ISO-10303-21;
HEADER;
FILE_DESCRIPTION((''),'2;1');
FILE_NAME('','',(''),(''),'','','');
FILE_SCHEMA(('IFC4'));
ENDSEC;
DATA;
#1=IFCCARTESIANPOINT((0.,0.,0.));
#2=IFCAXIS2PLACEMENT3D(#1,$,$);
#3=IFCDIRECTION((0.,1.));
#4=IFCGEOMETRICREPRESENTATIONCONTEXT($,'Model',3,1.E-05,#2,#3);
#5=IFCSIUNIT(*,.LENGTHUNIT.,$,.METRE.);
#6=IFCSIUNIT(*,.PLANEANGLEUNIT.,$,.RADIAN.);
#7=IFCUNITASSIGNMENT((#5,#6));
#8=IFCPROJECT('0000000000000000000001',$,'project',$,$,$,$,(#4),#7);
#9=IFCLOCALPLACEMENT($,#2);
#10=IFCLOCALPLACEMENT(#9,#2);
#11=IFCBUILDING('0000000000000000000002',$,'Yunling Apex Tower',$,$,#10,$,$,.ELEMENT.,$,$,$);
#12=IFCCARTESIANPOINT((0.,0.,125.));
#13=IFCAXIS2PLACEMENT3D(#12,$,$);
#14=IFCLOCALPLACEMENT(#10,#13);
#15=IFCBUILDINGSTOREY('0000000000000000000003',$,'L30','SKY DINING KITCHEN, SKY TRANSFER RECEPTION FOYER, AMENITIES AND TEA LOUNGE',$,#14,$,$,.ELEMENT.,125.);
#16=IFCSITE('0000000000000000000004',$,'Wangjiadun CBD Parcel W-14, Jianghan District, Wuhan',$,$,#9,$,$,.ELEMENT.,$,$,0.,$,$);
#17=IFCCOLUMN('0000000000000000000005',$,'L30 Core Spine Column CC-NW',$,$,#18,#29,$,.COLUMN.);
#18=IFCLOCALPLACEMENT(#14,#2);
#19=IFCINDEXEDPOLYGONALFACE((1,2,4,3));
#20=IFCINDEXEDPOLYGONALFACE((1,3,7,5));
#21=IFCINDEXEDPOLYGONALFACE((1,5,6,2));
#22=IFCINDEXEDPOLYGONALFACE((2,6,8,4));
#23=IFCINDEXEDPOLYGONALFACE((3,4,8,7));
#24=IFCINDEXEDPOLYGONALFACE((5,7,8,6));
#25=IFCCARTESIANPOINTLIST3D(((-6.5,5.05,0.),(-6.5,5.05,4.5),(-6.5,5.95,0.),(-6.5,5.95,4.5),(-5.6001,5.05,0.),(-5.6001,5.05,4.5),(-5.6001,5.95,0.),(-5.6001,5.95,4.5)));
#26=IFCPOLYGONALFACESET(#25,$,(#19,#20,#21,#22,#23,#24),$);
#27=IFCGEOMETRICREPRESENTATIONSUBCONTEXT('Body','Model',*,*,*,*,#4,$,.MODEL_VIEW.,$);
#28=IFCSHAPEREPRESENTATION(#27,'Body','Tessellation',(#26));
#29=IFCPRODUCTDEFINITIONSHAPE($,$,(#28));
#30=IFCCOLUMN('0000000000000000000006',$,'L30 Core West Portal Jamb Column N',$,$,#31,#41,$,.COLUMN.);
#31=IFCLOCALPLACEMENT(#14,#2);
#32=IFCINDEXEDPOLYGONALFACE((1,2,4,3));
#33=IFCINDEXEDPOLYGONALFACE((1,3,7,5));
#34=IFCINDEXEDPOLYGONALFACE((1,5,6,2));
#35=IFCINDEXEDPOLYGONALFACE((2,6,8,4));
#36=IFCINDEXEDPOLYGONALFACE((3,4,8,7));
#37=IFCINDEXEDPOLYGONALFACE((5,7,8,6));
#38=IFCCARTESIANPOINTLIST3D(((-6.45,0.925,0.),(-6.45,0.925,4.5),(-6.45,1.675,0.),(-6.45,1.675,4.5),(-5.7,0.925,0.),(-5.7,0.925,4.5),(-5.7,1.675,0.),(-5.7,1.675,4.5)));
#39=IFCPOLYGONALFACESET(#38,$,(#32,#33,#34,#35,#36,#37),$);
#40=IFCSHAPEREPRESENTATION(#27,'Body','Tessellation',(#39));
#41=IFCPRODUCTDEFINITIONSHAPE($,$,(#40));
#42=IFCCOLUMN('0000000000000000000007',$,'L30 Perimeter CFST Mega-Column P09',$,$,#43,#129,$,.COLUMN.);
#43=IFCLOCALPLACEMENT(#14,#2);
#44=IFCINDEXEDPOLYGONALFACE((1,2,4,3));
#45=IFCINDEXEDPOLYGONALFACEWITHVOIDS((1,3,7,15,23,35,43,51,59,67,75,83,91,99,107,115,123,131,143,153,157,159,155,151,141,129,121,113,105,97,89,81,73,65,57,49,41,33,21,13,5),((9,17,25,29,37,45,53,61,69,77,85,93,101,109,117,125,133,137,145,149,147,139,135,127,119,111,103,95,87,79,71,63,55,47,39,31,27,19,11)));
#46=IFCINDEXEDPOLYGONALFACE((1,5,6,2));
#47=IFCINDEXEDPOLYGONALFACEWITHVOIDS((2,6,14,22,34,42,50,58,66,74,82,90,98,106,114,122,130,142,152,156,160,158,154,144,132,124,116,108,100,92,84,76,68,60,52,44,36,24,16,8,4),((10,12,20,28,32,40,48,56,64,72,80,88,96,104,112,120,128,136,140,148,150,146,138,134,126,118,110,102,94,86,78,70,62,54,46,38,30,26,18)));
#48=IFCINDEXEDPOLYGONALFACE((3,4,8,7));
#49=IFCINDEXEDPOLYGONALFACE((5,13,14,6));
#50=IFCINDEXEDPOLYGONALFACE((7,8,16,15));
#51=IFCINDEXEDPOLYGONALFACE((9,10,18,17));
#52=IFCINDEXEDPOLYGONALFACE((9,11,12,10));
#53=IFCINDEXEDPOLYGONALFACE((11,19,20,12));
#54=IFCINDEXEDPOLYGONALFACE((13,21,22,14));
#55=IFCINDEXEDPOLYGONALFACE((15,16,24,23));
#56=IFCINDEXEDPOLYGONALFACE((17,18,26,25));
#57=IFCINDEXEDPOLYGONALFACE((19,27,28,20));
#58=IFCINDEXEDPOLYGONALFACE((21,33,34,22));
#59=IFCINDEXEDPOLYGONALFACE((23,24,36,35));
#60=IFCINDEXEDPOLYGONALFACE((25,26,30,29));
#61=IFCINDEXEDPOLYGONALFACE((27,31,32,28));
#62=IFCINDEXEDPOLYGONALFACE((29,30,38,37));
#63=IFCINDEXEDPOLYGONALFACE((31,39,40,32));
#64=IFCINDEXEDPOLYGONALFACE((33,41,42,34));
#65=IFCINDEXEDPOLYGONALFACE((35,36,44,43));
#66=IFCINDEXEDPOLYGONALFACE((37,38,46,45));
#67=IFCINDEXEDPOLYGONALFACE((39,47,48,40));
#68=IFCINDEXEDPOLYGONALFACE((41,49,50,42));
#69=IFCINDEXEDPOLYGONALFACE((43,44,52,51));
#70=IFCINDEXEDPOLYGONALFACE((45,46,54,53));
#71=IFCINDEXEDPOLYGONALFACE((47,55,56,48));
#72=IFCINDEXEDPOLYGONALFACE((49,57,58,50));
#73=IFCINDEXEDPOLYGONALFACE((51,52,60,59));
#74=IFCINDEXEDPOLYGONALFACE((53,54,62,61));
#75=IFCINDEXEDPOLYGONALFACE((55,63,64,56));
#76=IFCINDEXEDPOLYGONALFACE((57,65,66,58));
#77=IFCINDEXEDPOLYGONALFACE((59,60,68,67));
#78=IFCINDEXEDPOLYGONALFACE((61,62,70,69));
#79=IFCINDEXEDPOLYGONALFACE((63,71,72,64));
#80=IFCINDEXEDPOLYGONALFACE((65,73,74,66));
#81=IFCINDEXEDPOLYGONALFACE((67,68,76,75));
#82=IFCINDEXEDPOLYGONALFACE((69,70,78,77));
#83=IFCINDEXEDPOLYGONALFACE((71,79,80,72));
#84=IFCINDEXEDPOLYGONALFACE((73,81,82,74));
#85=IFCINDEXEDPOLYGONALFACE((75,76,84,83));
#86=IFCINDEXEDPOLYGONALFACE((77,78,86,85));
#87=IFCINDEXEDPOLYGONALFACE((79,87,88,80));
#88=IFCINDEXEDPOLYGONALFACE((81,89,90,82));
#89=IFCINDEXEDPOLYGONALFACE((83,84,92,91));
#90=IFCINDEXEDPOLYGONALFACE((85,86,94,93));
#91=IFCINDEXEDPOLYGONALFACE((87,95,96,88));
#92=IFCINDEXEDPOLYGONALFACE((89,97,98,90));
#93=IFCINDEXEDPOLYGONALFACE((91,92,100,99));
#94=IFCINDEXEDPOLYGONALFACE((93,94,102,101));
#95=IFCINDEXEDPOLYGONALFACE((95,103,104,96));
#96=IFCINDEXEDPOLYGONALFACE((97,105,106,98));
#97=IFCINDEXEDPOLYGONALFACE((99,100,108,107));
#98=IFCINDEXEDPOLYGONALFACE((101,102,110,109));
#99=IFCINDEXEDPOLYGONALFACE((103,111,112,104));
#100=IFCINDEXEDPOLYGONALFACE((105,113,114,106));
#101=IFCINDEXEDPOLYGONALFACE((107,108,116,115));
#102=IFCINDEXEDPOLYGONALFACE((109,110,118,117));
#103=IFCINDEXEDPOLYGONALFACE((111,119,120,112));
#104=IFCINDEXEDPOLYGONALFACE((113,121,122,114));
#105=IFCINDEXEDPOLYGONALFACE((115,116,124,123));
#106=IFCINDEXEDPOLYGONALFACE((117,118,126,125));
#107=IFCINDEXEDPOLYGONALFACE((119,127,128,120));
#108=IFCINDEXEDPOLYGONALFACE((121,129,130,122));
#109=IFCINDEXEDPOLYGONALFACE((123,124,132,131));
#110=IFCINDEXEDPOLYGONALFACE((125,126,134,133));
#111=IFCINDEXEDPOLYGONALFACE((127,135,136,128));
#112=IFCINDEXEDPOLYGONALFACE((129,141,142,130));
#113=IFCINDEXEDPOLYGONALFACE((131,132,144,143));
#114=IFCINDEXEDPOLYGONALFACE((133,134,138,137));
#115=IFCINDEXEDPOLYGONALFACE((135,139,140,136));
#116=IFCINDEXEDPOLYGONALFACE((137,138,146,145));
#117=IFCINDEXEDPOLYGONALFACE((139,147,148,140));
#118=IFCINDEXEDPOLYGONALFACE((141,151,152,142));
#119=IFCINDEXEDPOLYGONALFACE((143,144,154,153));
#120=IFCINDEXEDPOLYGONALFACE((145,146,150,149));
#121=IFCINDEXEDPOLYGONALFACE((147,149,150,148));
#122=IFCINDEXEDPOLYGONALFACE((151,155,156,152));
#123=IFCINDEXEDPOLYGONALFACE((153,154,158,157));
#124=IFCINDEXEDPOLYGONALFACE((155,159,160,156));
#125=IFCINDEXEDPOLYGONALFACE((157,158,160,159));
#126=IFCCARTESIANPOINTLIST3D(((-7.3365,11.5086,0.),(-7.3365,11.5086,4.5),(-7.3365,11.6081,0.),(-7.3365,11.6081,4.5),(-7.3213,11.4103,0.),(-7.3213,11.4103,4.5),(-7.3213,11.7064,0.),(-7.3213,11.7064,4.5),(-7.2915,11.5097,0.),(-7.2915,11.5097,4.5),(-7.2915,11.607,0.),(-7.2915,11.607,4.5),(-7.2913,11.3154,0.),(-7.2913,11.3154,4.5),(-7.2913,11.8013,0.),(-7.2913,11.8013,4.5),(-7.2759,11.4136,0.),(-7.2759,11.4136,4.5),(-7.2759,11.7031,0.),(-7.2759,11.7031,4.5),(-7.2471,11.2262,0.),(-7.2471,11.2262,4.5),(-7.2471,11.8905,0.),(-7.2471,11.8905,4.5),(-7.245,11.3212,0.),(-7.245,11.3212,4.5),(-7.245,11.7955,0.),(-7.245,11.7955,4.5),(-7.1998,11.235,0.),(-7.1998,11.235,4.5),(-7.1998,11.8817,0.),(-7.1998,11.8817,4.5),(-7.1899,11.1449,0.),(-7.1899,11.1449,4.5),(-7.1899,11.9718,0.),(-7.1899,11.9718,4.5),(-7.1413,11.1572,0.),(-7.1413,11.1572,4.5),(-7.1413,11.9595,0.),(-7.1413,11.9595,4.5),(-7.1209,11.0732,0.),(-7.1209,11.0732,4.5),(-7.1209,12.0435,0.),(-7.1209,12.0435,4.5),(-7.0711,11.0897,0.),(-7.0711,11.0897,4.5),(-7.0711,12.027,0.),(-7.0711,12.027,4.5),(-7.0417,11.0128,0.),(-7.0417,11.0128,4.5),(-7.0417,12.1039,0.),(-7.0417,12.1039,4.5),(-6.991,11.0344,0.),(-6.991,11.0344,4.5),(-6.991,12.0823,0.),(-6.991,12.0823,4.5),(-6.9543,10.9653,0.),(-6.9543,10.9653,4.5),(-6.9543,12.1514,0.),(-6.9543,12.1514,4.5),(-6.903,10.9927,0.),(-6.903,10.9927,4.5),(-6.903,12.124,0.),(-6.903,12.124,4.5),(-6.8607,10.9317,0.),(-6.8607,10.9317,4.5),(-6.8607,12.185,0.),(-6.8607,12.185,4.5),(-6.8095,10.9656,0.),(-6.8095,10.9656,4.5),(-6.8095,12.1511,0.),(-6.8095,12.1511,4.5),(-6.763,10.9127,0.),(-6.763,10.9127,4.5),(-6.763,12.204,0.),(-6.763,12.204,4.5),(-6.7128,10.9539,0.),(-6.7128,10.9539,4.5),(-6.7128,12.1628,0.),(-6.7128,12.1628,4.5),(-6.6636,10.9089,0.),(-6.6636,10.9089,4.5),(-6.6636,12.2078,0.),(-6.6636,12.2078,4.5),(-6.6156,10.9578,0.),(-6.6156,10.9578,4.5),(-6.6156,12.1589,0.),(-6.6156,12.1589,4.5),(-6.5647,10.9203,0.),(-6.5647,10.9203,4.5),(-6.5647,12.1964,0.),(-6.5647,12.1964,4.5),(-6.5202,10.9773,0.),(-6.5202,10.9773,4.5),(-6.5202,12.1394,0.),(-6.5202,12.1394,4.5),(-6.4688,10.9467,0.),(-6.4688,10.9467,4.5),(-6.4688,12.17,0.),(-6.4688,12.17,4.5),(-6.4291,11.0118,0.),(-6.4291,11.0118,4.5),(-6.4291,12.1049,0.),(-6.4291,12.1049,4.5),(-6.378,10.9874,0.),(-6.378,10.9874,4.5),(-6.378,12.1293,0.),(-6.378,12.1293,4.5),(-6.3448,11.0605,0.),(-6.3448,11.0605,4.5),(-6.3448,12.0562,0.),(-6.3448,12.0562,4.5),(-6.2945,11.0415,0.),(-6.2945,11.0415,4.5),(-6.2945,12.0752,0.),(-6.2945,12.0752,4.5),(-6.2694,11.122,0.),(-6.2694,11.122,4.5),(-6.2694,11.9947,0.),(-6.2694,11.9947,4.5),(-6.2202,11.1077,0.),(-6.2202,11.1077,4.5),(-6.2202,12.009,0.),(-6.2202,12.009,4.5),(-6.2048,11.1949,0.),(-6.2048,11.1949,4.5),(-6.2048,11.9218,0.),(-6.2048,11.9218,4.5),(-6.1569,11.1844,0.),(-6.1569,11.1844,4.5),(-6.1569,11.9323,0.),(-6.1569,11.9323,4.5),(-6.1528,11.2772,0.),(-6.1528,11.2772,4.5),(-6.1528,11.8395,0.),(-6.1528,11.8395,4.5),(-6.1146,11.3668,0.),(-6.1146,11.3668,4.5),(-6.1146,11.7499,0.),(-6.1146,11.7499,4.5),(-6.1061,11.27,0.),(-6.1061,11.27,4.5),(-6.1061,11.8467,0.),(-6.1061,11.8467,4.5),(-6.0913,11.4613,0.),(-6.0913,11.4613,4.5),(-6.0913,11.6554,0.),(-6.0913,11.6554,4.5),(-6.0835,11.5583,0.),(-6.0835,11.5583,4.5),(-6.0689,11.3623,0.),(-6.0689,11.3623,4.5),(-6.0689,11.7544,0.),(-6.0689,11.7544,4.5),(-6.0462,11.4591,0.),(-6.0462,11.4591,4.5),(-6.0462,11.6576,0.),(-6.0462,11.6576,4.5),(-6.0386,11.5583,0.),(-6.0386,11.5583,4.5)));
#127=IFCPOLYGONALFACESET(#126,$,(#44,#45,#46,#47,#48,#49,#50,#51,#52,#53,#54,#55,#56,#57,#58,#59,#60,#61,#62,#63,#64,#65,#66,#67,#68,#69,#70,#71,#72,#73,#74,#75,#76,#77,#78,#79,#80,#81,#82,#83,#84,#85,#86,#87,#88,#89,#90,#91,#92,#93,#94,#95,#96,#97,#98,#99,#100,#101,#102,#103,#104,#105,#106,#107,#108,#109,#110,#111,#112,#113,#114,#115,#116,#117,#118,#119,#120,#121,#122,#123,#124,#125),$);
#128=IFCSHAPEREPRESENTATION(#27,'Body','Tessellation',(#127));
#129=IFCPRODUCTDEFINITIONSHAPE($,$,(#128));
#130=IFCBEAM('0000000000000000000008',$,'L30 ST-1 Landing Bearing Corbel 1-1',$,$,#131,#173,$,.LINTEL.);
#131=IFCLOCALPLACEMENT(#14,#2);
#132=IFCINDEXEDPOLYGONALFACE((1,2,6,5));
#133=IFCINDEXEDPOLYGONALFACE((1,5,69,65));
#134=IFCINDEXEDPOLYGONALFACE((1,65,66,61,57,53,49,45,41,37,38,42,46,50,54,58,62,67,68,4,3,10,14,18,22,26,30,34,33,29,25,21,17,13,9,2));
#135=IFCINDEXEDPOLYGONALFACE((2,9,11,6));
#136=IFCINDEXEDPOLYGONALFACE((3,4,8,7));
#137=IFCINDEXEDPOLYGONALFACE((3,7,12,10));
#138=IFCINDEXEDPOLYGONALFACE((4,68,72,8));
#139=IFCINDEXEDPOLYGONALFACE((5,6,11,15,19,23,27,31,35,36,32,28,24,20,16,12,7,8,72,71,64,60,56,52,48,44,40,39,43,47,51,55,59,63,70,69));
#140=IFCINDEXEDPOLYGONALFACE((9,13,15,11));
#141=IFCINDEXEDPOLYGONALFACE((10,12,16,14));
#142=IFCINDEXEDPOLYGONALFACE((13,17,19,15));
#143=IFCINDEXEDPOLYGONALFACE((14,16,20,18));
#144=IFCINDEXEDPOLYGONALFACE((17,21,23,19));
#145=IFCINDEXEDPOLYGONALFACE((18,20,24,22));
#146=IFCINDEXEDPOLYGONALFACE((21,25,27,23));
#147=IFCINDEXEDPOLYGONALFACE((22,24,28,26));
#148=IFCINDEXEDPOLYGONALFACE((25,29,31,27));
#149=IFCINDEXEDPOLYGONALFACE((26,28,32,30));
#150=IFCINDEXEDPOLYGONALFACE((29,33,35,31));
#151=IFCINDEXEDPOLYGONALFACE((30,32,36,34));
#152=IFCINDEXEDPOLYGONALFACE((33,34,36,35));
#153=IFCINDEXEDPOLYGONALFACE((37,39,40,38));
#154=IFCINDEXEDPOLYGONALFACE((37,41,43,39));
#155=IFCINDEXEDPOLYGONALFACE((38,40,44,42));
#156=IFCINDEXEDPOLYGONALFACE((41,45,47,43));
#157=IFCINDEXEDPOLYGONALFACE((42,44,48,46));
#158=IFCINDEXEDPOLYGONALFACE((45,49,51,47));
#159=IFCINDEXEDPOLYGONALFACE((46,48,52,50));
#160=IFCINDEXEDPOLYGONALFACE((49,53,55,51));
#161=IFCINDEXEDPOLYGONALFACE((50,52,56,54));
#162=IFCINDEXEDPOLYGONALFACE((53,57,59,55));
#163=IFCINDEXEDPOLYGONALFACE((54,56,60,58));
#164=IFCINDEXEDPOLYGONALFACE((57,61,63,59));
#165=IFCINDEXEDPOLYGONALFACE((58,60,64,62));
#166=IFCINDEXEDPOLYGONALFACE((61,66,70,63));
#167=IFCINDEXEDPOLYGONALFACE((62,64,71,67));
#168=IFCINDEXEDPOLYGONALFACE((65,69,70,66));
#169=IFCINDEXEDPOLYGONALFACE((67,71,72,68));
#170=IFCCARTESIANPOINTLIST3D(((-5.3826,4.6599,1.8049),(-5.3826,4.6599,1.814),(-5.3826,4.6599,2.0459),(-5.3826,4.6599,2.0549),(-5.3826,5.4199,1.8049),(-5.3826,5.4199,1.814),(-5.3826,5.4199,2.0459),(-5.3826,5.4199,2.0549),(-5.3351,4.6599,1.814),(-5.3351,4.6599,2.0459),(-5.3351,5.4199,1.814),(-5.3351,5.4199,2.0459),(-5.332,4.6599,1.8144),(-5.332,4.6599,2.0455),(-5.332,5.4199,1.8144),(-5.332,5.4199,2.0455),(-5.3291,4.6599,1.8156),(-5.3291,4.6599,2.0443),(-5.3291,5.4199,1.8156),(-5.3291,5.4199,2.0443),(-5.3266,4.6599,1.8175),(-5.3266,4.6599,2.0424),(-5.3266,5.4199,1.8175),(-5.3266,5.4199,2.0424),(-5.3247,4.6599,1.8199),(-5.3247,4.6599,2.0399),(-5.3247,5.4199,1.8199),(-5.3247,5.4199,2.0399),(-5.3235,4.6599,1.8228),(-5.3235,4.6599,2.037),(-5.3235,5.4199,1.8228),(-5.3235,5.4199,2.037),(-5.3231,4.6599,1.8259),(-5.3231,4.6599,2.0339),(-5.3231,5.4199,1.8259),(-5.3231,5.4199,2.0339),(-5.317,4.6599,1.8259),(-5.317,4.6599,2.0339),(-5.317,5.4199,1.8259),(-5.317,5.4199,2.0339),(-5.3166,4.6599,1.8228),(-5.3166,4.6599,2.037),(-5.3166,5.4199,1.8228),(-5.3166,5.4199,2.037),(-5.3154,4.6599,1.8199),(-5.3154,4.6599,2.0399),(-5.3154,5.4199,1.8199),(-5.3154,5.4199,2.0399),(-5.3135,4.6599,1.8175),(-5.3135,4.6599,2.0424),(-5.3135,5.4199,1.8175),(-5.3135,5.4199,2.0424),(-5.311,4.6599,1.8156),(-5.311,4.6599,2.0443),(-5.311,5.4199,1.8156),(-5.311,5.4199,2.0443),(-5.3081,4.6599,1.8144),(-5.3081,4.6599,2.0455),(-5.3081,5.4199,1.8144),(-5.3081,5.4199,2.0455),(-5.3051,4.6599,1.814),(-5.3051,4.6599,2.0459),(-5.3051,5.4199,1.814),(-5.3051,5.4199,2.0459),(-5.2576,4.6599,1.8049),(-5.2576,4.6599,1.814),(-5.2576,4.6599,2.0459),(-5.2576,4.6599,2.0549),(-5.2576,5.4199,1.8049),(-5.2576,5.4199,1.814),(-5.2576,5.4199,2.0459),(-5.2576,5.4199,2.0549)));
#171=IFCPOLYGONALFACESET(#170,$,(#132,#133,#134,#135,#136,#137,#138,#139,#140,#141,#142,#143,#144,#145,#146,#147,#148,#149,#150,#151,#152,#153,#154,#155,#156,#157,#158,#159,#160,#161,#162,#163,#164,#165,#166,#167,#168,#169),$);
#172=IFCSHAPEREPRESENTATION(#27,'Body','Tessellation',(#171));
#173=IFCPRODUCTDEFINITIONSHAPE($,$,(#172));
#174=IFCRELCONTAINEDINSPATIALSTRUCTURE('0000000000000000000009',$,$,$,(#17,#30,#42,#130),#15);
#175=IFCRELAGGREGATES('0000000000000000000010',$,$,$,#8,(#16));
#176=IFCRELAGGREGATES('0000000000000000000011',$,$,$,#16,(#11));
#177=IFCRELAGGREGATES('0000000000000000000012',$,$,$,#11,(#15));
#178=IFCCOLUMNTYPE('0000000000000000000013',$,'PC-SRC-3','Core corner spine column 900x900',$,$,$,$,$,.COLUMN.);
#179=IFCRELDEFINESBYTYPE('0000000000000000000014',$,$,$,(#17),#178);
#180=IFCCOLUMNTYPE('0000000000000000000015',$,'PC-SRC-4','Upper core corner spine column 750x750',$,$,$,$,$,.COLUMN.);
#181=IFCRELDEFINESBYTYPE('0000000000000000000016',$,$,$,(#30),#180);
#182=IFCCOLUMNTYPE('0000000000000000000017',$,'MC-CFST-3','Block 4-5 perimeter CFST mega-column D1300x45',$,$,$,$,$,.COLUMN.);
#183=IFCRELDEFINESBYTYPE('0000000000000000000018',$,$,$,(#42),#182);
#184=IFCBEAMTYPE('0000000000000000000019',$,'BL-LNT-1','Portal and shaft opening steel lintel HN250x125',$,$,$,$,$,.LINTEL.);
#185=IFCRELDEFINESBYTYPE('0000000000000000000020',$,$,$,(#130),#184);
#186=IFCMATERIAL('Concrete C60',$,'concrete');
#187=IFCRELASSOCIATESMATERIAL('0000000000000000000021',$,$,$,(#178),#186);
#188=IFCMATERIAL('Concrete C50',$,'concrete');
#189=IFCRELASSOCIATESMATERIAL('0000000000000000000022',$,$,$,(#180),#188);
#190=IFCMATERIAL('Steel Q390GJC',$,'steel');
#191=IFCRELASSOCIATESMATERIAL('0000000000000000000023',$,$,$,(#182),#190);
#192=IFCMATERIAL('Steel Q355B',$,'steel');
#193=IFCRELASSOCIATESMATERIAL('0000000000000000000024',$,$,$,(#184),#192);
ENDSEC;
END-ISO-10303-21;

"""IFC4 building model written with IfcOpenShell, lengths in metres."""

from ifc_helpers import new_model, si_unit, direction, frame, origin, origin_2d, place, context, subcontext, project, spatial, rectangle, hollow_circle, i_section, extrude, source, transform, mapped, material, material_profile, profile_set, type_object, element, save


model = new_model("IFC4")

# Units and contexts
model_context = context("Model", 3, precision=1e-05, world=origin(), true_north=direction((0.0, 1.0)))
body_context = subcontext(model_context, "Body", "Model", "MODEL_VIEW")
ifc_project = project(units=[si_unit("LENGTHUNIT", "METRE"), si_unit("PLANEANGLEUNIT", "RADIAN")], contexts=[model_context])

# Site, building, storey
site_placement = place(None, origin())
site = spatial("IfcSite", under=ifc_project, at=site_placement, Name="Wangjiadun CBD Parcel W-14, Jianghan District, Wuhan", CompositionType="ELEMENT", RefElevation=0.0)
building_placement = place(site_placement, origin())
building = spatial("IfcBuilding", under=site, at=building_placement, Name="Yunling Apex Tower", CompositionType="ELEMENT")
storey_placement = place(building_placement, frame((0.0, 0.0, 125.0)))
storey = spatial("IfcBuildingStorey", under=building, at=storey_placement, Name="L30", Description="SKY DINING KITCHEN, SKY TRANSFER RECEPTION FOYER, AMENITIES AND TEA LOUNGE", CompositionType="ELEMENT", Elevation=125.0)

# Columns
ifc_material_1 = material(Name="Concrete C60", Category="concrete")
ifc_material_profile_1 = material_profile(ifc_material_1, rectangle(XDim=0.8999, YDim=0.8999, at=origin_2d()))
ifc_profile_set_1 = profile_set([ifc_material_profile_1], Name="Concrete C60")
column_type_1 = type_object("IfcColumnType", Name="PC-SRC-3", Description="Core corner spine column 900x900", PredefinedType="COLUMN", material=ifc_profile_set_1)
shared_shape_1 = source(origin(), body_context, "Body", "SweptSolid", [
    extrude(rectangle(XDim=0.8999, YDim=0.8999, at=origin_2d()), origin(), (0.0, 0.0, 1.0), 4.5),
])
column_1_placement = place(storey_placement, frame((-6.05, 5.5, 0.0), z_axis=(0.0, 0.0, 1.0), x_axis=(1.0, 0.0, 0.0)))
element("IfcColumn", 1, at=column_1_placement, inside=storey, type_object=column_type_1, Name="L30 Core Spine Column CC-NW", PredefinedType="COLUMN", context=body_context, shape_type="MappedRepresentation", body=[
    mapped(shared_shape_1, transform((0.0, 0.0, 0.0), scale=1.0)),
])
ifc_material_2 = material(Name="Concrete C50", Category="concrete")
ifc_material_profile_2 = material_profile(ifc_material_2, rectangle(XDim=0.75, YDim=0.75, at=origin_2d()))
ifc_profile_set_2 = profile_set([ifc_material_profile_2], Name="Concrete C50")
column_type_2 = type_object("IfcColumnType", Name="PC-SRC-4", Description="Upper core corner spine column 750x750", PredefinedType="COLUMN", material=ifc_profile_set_2)
shared_shape_2 = source(origin(), body_context, "Body", "SweptSolid", [
    extrude(rectangle(XDim=0.75, YDim=0.75, at=origin_2d()), origin(), (0.0, 0.0, 1.0), 4.5),
])
column_2_placement = place(storey_placement, frame((-6.075, 1.3, 0.0), z_axis=(0.0, 0.0, 1.0), x_axis=(1.0, 0.0, 0.0)))
element("IfcColumn", 2, at=column_2_placement, inside=storey, type_object=column_type_2, Name="L30 Core West Portal Jamb Column N", PredefinedType="COLUMN", context=body_context, shape_type="MappedRepresentation", body=[
    mapped(shared_shape_2, transform((0.0, 0.0, 0.0), scale=1.0)),
])
ifc_material_3 = material(Name="Steel Q390GJC", Category="steel")
ifc_material_profile_3 = material_profile(ifc_material_3, hollow_circle(Radius=0.6499, WallThickness=0.0449, at=origin_2d()))
ifc_profile_set_3 = profile_set([ifc_material_profile_3], Name="Steel Q390GJC")
column_type_3 = type_object("IfcColumnType", Name="MC-CFST-3", Description="Block 4-5 perimeter CFST mega-column D1300x45", PredefinedType="COLUMN", material=ifc_profile_set_3)
shared_shape_3 = source(origin(), body_context, "Body", "SweptSolid", [
    extrude(hollow_circle(Radius=0.6499, WallThickness=0.0449, at=origin_2d()), origin(), (0.0, 0.0, 1.0), 4.5),
])
column_3_placement = place(storey_placement, frame((-6.6885, 11.5583, 0.0), z_axis=(0.0, 0.0, 1.0), x_axis=(1.0, 0.0, 0.0)))
element("IfcColumn", 3, at=column_3_placement, inside=storey, type_object=column_type_3, Name="L30 Perimeter CFST Mega-Column P09", PredefinedType="COLUMN", context=body_context, shape_type="MappedRepresentation", body=[
    mapped(shared_shape_3, transform((0.0, 0.0, 0.0), scale=1.0)),
])

# Beam
ifc_material_4 = material(Name="Steel Q355B", Category="steel")
ifc_material_profile_4 = material_profile(ifc_material_4, i_section(OverallWidth=0.125, OverallDepth=0.25, WebThickness=0.0061, FlangeThickness=0.009, FilletRadius=0.012, at=origin_2d()))
ifc_profile_set_4 = profile_set([ifc_material_profile_4], Name="Steel Q355B")
beam_type_1 = type_object("IfcBeamType", Name="BL-LNT-1", Description="Portal and shaft opening steel lintel HN250x125", PredefinedType="LINTEL", material=ifc_profile_set_4)
shared_shape_4 = source(origin(), body_context, "Body", "SweptSolid", [
    extrude(i_section(OverallWidth=0.125, OverallDepth=0.25, WebThickness=0.0061, FlangeThickness=0.009, FilletRadius=0.012, at=origin_2d()), origin(), (0.0, 0.0, 1.0), 0.76),
])
for number, where, z_axis, x_axis, name in (
    (4, (-5.3201, 5.4199, 1.9299), (0.0, -1.0, 0.0), (1.0, 0.0, 0.0), "L30 ST-1 Landing Bearing Corbel 1-1"),
):
    element("IfcBeam", number, at=place(storey_placement, frame(where, z_axis=z_axis, x_axis=x_axis)), inside=storey, type_object=beam_type_1, Name=name, PredefinedType="LINTEL", context=body_context, shape_type="MappedRepresentation", body=[
        mapped(shared_shape_4, transform((0.0, 0.0, 0.0), scale=1.0)),
    ])

save(model, "model.ifc")
